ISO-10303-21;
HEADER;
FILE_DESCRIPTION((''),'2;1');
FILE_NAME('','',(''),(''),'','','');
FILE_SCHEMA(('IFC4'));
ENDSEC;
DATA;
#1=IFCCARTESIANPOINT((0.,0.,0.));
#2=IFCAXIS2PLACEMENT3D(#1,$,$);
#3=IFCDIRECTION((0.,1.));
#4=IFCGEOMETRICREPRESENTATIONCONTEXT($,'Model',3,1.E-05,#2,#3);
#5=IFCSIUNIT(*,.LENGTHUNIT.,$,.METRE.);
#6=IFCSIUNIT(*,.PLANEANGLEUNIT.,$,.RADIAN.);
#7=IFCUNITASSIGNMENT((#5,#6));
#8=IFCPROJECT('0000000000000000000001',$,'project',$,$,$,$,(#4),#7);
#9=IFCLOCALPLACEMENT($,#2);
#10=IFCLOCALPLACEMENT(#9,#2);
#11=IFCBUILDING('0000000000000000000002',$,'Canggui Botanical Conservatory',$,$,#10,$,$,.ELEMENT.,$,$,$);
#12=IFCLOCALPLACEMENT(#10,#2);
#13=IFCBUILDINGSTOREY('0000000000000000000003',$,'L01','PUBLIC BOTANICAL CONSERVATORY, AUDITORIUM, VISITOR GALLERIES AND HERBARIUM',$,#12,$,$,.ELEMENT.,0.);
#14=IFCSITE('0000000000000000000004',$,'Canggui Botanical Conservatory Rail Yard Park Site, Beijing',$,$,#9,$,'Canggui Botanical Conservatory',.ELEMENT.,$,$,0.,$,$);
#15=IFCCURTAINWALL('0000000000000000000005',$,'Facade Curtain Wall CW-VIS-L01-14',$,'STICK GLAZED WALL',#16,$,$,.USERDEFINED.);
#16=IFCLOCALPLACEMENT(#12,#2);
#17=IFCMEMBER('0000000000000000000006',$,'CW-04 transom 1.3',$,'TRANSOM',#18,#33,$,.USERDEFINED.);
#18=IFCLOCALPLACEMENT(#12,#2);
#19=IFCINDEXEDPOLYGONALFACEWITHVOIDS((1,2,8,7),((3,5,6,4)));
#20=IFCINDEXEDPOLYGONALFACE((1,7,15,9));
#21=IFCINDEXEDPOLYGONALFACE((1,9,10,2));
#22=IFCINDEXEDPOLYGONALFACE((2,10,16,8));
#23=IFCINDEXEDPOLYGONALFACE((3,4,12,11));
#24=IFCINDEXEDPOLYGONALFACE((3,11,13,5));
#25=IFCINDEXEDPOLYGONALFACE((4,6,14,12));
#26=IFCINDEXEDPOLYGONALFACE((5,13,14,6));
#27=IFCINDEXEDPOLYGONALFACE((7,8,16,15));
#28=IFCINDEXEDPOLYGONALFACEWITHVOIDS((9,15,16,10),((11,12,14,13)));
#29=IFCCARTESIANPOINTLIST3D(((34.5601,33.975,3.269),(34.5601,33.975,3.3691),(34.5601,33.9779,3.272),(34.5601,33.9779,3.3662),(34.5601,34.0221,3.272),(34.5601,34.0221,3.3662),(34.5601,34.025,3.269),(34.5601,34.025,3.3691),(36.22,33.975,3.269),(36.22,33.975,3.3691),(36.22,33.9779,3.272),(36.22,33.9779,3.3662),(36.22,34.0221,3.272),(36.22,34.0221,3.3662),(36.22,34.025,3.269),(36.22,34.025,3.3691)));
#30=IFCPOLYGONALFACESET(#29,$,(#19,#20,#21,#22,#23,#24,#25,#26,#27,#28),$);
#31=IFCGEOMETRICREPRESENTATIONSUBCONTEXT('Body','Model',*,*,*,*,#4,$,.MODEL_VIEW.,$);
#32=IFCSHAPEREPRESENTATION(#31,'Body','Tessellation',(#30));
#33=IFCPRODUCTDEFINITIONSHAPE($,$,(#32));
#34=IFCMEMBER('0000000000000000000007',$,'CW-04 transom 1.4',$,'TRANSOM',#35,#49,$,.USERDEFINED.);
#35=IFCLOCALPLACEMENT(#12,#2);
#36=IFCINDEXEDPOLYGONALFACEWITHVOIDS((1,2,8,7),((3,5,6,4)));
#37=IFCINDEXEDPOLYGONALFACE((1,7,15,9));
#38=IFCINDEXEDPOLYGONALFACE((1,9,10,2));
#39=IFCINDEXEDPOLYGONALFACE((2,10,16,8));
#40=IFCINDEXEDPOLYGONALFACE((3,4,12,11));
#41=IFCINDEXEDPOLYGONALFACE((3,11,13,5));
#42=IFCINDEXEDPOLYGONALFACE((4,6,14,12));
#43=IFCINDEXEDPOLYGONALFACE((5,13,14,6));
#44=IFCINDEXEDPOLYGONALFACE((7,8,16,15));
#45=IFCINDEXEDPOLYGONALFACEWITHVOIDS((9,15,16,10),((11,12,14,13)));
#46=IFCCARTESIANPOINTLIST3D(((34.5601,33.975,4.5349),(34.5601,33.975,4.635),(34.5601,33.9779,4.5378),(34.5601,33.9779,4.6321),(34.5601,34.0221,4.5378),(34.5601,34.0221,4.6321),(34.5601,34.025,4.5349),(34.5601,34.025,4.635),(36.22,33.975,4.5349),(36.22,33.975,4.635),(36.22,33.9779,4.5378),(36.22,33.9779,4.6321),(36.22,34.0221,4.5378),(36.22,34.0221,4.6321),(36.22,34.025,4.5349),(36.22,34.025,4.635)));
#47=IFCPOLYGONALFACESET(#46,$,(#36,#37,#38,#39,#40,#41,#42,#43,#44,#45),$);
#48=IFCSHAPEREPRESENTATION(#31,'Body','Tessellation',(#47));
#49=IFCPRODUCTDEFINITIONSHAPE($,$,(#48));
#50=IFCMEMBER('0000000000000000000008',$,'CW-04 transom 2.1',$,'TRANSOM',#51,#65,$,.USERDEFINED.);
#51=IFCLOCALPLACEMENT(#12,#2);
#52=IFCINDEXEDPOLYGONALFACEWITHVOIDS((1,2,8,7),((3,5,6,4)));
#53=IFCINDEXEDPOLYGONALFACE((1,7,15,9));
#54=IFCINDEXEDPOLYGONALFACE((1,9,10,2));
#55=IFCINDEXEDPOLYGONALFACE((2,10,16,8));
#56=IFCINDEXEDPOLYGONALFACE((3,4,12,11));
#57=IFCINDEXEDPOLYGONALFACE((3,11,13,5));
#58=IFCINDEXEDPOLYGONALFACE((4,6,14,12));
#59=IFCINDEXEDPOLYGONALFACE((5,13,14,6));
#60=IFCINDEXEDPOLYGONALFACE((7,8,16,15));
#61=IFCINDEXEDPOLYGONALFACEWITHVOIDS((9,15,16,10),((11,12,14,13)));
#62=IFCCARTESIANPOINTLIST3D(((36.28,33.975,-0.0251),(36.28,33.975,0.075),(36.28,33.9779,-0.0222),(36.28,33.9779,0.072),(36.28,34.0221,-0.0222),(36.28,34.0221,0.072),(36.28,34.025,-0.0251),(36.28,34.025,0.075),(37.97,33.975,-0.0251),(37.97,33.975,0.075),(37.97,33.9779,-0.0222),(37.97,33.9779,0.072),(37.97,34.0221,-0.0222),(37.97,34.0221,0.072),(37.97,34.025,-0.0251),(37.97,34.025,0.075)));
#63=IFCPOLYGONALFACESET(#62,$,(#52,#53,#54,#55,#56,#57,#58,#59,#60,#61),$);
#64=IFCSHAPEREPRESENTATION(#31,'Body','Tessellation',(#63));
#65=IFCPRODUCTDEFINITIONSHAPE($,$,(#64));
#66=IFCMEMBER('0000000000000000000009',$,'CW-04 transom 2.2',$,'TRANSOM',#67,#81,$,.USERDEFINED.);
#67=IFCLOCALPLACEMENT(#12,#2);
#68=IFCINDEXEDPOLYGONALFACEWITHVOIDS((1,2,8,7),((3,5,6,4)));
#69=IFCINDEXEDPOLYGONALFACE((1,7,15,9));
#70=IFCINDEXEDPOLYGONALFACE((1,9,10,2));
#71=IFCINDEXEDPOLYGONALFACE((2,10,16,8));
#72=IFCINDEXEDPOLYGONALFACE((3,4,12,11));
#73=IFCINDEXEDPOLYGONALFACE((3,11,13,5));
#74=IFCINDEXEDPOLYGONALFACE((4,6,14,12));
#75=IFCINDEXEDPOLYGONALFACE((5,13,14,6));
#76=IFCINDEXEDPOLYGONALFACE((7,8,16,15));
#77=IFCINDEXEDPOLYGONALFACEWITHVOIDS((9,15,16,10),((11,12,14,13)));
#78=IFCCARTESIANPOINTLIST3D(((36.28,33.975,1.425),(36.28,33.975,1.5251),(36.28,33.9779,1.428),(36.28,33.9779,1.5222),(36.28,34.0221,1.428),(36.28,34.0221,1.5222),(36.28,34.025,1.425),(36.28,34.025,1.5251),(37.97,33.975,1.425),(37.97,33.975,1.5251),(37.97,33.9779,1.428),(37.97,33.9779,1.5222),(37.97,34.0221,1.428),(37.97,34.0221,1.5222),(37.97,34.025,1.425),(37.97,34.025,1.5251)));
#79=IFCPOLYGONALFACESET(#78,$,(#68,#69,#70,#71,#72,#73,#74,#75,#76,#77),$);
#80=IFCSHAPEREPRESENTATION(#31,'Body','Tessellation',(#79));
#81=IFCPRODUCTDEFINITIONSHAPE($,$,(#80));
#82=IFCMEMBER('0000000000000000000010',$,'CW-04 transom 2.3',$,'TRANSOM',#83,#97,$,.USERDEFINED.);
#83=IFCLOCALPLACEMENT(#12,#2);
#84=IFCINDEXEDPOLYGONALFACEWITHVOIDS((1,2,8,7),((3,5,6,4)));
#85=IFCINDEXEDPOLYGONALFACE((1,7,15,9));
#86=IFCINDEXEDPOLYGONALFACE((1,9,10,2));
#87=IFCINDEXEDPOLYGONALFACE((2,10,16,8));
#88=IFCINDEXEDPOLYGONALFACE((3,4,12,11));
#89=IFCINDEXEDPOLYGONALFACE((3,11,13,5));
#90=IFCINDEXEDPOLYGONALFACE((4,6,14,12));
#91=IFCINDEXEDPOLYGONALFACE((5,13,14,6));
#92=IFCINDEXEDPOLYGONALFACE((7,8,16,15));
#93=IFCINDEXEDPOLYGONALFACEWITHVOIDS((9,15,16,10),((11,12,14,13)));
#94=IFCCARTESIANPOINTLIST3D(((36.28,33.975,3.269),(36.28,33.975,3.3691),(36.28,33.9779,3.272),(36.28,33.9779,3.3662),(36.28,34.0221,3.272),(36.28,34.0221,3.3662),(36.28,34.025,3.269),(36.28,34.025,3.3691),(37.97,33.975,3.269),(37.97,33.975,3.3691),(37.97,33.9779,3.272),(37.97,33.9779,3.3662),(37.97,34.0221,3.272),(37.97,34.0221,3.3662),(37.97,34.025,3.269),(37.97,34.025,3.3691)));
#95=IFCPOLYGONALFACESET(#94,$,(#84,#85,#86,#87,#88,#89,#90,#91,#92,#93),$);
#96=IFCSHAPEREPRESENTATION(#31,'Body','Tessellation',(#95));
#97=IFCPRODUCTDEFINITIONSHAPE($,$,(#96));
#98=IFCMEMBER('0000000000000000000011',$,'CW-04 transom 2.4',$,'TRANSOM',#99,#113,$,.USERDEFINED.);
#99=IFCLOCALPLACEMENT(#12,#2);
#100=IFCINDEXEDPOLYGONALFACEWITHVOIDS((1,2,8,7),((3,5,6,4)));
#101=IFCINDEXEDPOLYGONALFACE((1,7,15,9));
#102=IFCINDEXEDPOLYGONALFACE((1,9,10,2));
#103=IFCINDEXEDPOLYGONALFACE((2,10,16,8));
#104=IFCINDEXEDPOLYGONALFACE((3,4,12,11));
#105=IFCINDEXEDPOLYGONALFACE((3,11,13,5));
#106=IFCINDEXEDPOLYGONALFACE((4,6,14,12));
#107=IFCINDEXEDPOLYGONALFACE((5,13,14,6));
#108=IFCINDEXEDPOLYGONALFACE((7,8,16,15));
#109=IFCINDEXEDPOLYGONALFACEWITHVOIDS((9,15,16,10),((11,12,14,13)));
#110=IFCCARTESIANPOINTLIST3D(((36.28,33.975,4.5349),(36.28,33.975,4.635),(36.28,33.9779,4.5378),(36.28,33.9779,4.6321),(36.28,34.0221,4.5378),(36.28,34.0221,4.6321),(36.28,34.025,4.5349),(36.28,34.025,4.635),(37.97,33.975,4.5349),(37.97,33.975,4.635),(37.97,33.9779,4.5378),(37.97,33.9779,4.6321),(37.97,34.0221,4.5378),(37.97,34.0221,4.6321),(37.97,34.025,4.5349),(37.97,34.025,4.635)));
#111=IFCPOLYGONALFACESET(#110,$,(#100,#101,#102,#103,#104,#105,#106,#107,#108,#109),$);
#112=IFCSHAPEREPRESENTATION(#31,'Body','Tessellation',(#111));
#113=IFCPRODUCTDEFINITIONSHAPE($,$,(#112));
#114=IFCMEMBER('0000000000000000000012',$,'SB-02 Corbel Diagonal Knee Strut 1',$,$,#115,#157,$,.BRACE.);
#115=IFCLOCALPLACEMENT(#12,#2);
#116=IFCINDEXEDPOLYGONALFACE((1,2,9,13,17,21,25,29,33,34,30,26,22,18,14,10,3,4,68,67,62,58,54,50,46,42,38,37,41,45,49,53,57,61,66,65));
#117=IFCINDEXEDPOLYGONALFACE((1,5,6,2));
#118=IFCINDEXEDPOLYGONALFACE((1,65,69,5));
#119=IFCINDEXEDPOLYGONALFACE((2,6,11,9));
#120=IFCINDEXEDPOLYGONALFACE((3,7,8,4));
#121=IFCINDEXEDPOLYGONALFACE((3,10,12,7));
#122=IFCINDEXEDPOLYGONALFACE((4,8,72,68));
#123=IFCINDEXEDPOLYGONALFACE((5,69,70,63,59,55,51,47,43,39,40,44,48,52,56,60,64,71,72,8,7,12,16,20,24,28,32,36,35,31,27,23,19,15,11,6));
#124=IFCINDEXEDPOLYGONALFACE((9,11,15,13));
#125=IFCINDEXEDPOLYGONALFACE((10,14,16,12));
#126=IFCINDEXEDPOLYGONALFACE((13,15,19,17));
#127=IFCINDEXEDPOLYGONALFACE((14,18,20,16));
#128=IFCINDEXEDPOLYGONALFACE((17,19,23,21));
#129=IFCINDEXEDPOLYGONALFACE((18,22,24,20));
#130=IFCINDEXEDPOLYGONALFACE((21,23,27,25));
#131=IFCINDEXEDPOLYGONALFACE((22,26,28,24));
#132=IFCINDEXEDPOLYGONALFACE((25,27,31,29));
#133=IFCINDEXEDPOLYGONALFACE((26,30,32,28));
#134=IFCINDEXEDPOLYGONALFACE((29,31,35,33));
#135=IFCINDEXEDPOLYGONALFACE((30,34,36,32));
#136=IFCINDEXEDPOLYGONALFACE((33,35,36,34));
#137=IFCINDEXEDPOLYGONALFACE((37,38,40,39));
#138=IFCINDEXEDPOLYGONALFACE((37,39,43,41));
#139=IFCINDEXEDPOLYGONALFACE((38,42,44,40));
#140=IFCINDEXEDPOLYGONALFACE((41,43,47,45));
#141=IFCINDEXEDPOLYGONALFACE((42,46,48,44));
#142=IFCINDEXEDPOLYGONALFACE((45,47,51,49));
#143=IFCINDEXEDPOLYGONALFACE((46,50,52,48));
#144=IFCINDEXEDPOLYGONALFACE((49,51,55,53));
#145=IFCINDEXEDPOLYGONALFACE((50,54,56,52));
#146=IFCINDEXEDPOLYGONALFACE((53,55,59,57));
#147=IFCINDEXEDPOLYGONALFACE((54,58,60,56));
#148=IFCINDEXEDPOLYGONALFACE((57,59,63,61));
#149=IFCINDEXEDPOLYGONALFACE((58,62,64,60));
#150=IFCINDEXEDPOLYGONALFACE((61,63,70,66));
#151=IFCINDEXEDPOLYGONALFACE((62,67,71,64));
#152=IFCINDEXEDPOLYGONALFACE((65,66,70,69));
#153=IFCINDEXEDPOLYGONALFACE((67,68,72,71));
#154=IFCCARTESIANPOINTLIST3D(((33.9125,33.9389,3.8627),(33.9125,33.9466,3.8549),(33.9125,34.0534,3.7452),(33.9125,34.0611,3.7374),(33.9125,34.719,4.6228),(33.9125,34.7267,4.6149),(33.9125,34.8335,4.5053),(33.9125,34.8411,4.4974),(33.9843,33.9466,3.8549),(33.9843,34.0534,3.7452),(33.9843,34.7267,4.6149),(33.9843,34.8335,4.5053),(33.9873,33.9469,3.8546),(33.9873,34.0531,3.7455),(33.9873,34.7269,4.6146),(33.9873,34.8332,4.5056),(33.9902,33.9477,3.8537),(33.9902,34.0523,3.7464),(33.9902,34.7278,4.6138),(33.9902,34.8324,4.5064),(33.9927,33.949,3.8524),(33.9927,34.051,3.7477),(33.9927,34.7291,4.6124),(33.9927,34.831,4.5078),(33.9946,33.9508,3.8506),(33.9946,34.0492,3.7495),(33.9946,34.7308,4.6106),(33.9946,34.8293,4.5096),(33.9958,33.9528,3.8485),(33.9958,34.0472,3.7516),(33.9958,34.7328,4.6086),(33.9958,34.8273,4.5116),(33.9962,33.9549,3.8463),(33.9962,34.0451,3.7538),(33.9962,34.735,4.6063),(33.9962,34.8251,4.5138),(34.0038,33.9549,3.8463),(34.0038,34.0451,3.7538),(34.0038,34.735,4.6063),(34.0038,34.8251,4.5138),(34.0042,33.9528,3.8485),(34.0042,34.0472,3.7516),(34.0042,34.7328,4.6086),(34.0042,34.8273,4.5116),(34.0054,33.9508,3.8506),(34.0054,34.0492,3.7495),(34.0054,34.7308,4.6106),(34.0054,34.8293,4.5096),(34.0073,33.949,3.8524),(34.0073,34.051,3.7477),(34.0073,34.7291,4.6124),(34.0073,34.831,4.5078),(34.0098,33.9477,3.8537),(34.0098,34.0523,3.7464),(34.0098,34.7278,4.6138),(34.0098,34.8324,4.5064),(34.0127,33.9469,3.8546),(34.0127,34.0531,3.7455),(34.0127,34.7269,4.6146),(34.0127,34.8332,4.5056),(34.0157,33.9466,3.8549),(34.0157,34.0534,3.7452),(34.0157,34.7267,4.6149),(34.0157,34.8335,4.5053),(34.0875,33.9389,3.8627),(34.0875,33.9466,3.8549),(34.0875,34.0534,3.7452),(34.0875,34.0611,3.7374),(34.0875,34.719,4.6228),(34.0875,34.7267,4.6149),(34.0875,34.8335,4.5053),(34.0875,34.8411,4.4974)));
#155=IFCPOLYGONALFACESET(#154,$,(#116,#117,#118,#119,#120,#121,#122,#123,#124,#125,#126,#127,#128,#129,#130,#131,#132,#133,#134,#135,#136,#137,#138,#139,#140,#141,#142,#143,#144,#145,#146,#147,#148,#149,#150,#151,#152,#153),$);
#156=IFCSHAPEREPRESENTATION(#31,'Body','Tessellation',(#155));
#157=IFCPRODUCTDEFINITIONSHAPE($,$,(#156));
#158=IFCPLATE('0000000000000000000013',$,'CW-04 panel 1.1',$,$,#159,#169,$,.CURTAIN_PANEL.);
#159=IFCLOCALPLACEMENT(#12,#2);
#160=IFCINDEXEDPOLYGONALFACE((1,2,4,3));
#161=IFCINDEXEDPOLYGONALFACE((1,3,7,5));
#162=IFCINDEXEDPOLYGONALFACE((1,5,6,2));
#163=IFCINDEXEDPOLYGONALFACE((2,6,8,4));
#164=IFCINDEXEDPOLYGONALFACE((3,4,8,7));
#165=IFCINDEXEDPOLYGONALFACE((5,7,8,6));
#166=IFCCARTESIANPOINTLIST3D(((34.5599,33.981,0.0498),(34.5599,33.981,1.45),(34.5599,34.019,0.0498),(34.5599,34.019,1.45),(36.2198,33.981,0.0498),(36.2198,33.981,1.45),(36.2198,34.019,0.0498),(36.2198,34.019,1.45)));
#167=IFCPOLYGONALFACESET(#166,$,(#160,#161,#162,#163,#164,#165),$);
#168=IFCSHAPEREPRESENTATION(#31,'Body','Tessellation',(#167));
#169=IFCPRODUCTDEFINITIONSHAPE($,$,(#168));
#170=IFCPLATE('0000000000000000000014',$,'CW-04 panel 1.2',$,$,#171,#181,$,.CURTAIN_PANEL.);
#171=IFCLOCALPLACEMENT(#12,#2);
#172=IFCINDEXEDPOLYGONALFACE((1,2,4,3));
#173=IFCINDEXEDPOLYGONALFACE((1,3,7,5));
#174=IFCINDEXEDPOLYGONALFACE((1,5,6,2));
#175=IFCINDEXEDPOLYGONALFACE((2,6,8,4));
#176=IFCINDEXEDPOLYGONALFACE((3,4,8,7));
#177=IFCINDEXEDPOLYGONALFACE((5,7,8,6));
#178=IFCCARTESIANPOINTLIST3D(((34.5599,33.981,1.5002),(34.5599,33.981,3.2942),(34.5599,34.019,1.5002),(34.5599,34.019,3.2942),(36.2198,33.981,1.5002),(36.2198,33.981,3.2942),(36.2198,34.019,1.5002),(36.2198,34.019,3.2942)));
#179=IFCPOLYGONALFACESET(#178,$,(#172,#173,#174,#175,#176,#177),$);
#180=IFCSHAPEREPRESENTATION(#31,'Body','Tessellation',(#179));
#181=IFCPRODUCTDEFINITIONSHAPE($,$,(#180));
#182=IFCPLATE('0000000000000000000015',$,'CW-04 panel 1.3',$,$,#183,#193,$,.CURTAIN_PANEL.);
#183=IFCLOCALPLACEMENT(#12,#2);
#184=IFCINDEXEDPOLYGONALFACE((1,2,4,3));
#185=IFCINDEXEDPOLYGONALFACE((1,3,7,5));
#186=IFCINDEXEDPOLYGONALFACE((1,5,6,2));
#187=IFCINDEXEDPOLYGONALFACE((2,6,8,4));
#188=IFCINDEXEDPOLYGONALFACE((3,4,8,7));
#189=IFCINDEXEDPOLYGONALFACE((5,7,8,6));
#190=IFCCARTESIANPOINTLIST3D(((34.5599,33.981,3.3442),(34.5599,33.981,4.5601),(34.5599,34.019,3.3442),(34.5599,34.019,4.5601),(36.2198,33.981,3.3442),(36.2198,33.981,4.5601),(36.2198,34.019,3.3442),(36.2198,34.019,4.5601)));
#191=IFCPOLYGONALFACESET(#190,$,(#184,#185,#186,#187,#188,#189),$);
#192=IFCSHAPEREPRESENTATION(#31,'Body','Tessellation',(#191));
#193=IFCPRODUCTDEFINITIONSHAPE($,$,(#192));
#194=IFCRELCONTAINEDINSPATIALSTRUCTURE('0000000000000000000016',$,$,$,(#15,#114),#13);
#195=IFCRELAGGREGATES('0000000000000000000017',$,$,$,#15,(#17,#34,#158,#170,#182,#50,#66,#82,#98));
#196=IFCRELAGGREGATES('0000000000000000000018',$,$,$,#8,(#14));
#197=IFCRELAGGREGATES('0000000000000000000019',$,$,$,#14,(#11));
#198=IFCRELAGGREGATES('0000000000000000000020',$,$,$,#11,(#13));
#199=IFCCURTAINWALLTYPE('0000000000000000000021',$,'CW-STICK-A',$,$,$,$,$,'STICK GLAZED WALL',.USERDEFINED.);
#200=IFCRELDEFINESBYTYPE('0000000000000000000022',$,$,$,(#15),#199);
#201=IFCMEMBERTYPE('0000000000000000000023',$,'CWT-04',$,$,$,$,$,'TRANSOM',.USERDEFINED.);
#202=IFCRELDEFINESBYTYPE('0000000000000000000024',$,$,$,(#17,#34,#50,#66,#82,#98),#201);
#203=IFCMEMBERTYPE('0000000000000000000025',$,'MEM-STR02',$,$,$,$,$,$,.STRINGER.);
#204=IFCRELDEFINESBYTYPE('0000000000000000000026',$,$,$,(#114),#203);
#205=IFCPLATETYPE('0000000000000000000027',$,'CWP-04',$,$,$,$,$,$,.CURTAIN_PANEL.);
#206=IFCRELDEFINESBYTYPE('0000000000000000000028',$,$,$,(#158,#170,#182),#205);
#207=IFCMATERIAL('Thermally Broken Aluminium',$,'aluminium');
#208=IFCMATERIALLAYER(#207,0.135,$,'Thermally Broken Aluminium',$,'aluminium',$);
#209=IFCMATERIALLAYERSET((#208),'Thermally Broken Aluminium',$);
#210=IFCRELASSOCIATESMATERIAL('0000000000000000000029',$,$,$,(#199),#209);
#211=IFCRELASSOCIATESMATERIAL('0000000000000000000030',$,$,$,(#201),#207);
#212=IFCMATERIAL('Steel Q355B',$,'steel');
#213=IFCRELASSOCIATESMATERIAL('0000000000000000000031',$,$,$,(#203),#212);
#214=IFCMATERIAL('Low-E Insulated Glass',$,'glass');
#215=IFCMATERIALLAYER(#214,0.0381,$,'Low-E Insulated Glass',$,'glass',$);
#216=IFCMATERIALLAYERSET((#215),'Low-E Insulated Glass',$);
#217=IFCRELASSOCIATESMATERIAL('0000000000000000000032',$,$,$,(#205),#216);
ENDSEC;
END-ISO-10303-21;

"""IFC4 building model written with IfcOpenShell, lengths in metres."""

from ifc_helpers import new_model, si_unit, direction, frame, origin, origin_2d, place, context, subcontext, project, spatial, rectangle, hollow_rectangle, i_section, extrude, material, layer, layer_set, material_profile, profile_set, type_object, element, aggregate, save


model = new_model("IFC4")

# Units and contexts
model_context = context("Model", 3, precision=1e-05, world=origin(), true_north=direction((0.0, 1.0)))
body_context = subcontext(model_context, "Body", "Model", "MODEL_VIEW")
ifc_project = project(units=[si_unit("LENGTHUNIT", "METRE"), si_unit("PLANEANGLEUNIT", "RADIAN")], contexts=[model_context])

# Site, building, storey
site_placement = place(None, origin())
site = spatial("IfcSite", under=ifc_project, at=site_placement, Name="Canggui Botanical Conservatory Rail Yard Park Site, Beijing", LongName="Canggui Botanical Conservatory", CompositionType="ELEMENT", RefElevation=0.0)
building_placement = place(site_placement, origin())
building = spatial("IfcBuilding", under=site, at=building_placement, Name="Canggui Botanical Conservatory", CompositionType="ELEMENT")
storey_placement = place(building_placement, origin())
storey = spatial("IfcBuildingStorey", under=building, at=storey_placement, Name="L01", Description="PUBLIC BOTANICAL CONSERVATORY, AUDITORIUM, VISITOR GALLERIES AND HERBARIUM", CompositionType="ELEMENT", Elevation=0.0)

# Shared definitions
ifc_material_1 = material(Name="Steel Q355B", Category="steel")

# Curtain wall, members
ifc_material_2 = material(Name="Thermally Broken Aluminium", Category="aluminium")
ifc_layer_1 = layer(ifc_material_2, 0.135, Name="Thermally Broken Aluminium", Category="aluminium")
ifc_layer_set_1 = layer_set([ifc_layer_1], Name="Thermally Broken Aluminium")
curtain_wall_type = type_object("IfcCurtainWallType", Name="CW-STICK-A", ElementType="STICK GLAZED WALL", PredefinedType="USERDEFINED", material=ifc_layer_set_1)
curtain_wall_placement = place(storey_placement, origin())
curtain_wall = element("IfcCurtainWall", 1, at=curtain_wall_placement, inside=storey, type_object=curtain_wall_type, Name="Facade Curtain Wall CW-VIS-L01-14", ObjectType="STICK GLAZED WALL", PredefinedType="USERDEFINED")
ifc_material_profile_1 = material_profile(ifc_material_2, hollow_rectangle(XDim=0.05, YDim=0.1001, WallThickness=0.0029, at=origin_2d()), Name="CWT 50x100x3")
ifc_profile_set_1 = profile_set([ifc_material_profile_1], Name="Thermally Broken Aluminium")
member_type_1 = type_object("IfcMemberType", Name="CWT-04", ElementType="TRANSOM", PredefinedType="USERDEFINED", material=ifc_profile_set_1)
member_1_placement = place(storey_placement, frame((34.5601, 34.0, 3.3191), z_axis=(1.0, 0.0, 0.0), x_axis=(0.0, 1.0, 0.0)))
member_1 = element("IfcMember", 2, at=member_1_placement, type_object=member_type_1, Name="CW-04 transom 1.3", ObjectType="TRANSOM", PredefinedType="USERDEFINED", context=body_context, shape_type="SweptSolid", body=[
    extrude(hollow_rectangle(XDim=0.05, YDim=0.1001, WallThickness=0.0029, at=origin_2d()), origin(), (0.0, 0.0, 1.0), 1.6599),
])
member_2_placement = place(storey_placement, frame((34.5601, 34.0, 4.585), z_axis=(1.0, 0.0, 0.0), x_axis=(0.0, 1.0, 0.0)))
member_2 = element("IfcMember", 3, at=member_2_placement, type_object=member_type_1, Name="CW-04 transom 1.4", ObjectType="TRANSOM", PredefinedType="USERDEFINED", context=body_context, shape_type="SweptSolid", body=[
    extrude(hollow_rectangle(XDim=0.05, YDim=0.1001, WallThickness=0.0029, at=origin_2d()), origin(), (0.0, 0.0, 1.0), 1.6599),
])
member_3_placement = place(storey_placement, frame((36.28, 34.0, 0.0249), z_axis=(1.0, 0.0, 0.0), x_axis=(0.0, 1.0, 0.0)))
member_3 = element("IfcMember", 4, at=member_3_placement, type_object=member_type_1, Name="CW-04 transom 2.1", ObjectType="TRANSOM", PredefinedType="USERDEFINED", context=body_context, shape_type="SweptSolid", body=[
    extrude(hollow_rectangle(XDim=0.05, YDim=0.1001, WallThickness=0.0029, at=origin_2d()), origin(), (0.0, 0.0, 1.0), 1.6899),
])
member_4_placement = place(storey_placement, frame((36.28, 34.0, 1.4751), z_axis=(1.0, 0.0, 0.0), x_axis=(0.0, 1.0, 0.0)))
member_4 = element("IfcMember", 5, at=member_4_placement, type_object=member_type_1, Name="CW-04 transom 2.2", ObjectType="TRANSOM", PredefinedType="USERDEFINED", context=body_context, shape_type="SweptSolid", body=[
    extrude(hollow_rectangle(XDim=0.05, YDim=0.1001, WallThickness=0.0029, at=origin_2d()), origin(), (0.0, 0.0, 1.0), 1.6899),
])
member_5_placement = place(storey_placement, frame((36.28, 34.0, 3.3191), z_axis=(1.0, 0.0, 0.0), x_axis=(0.0, 1.0, 0.0)))
member_5 = element("IfcMember", 6, at=member_5_placement, type_object=member_type_1, Name="CW-04 transom 2.3", ObjectType="TRANSOM", PredefinedType="USERDEFINED", context=body_context, shape_type="SweptSolid", body=[
    extrude(hollow_rectangle(XDim=0.05, YDim=0.1001, WallThickness=0.0029, at=origin_2d()), origin(), (0.0, 0.0, 1.0), 1.6899),
])
member_6_placement = place(storey_placement, frame((36.28, 34.0, 4.585), z_axis=(1.0, 0.0, 0.0), x_axis=(0.0, 1.0, 0.0)))
member_6 = element("IfcMember", 7, at=member_6_placement, type_object=member_type_1, Name="CW-04 transom 2.4", ObjectType="TRANSOM", PredefinedType="USERDEFINED", context=body_context, shape_type="SweptSolid", body=[
    extrude(hollow_rectangle(XDim=0.05, YDim=0.1001, WallThickness=0.0029, at=origin_2d()), origin(), (0.0, 0.0, 1.0), 1.6899),
])

# Member
ifc_material_profile_2 = material_profile(ifc_material_1, i_section(OverallWidth=0.175, OverallDepth=0.175, WebThickness=0.0076, FlangeThickness=0.011, FilletRadius=0.012, at=origin_2d()), Name="HW 175x175x7.5x11")
ifc_profile_set_2 = profile_set([ifc_material_profile_2], Name="Steel Q355B")
member_type_2 = type_object("IfcMemberType", Name="MEM-STR02", PredefinedType="STRINGER", material=ifc_profile_set_2)
member_7_placement = place(storey_placement, frame((34.0, 34.0, 3.8), z_axis=(0.0, 0.716238, 0.697856), x_axis=(-1.0, 0.0, 0.0)))
element("IfcMember", 8, at=member_7_placement, inside=storey, type_object=member_type_2, Name="SB-02 Corbel Diagonal Knee Strut 1", PredefinedType="BRACE", context=body_context, shape_type="SweptSolid", body=[
    extrude(i_section(OverallWidth=0.175, OverallDepth=0.175, WebThickness=0.0076, FlangeThickness=0.011, FilletRadius=0.012, at=origin_2d()), origin(), (0.0, 0.0, 1.0), 1.0891),
])

# Plates
ifc_material_3 = material(Name="Low-E Insulated Glass", Category="glass")
ifc_layer_2 = layer(ifc_material_3, 0.0381, Name="Low-E Insulated Glass", Category="glass")
ifc_layer_set_2 = layer_set([ifc_layer_2], Name="Low-E Insulated Glass")
plate_type = type_object("IfcPlateType", Name="CWP-04", PredefinedType="CURTAIN_PANEL", material=ifc_layer_set_2)
plate_1_placement = place(storey_placement, frame((35.3899, 34.0, 0.0498), z_axis=(0.0, 0.0, 1.0), x_axis=(1.0, 0.0, 0.0)))
plate_1 = element("IfcPlate", 9, at=plate_1_placement, type_object=plate_type, Name="CW-04 panel 1.1", PredefinedType="CURTAIN_PANEL", context=body_context, shape_type="SweptSolid", body=[
    extrude(rectangle(XDim=1.6599, YDim=0.0381, at=origin_2d()), origin(), (0.0, 0.0, 1.0), 1.4001),
])
plate_2_placement = place(storey_placement, frame((35.3899, 34.0, 1.5002), z_axis=(0.0, 0.0, 1.0), x_axis=(1.0, 0.0, 0.0)))
plate_2 = element("IfcPlate", 10, at=plate_2_placement, type_object=plate_type, Name="CW-04 panel 1.2", PredefinedType="CURTAIN_PANEL", context=body_context, shape_type="SweptSolid", body=[
    extrude(rectangle(XDim=1.6599, YDim=0.0381, at=origin_2d()), origin(), (0.0, 0.0, 1.0), 1.7939),
])
plate_3_placement = place(storey_placement, frame((35.3899, 34.0, 3.3442), z_axis=(0.0, 0.0, 1.0), x_axis=(1.0, 0.0, 0.0)))
plate_3 = element("IfcPlate", 11, at=plate_3_placement, type_object=plate_type, Name="CW-04 panel 1.3", PredefinedType="CURTAIN_PANEL", context=body_context, shape_type="SweptSolid", body=[
    extrude(rectangle(XDim=1.6599, YDim=0.0381, at=origin_2d()), origin(), (0.0, 0.0, 1.0), 1.2158),
])
aggregate(curtain_wall, [member_1, member_2, plate_1, plate_2, plate_3, member_3, member_4, member_5, member_6])

save(model, "model.ifc")
